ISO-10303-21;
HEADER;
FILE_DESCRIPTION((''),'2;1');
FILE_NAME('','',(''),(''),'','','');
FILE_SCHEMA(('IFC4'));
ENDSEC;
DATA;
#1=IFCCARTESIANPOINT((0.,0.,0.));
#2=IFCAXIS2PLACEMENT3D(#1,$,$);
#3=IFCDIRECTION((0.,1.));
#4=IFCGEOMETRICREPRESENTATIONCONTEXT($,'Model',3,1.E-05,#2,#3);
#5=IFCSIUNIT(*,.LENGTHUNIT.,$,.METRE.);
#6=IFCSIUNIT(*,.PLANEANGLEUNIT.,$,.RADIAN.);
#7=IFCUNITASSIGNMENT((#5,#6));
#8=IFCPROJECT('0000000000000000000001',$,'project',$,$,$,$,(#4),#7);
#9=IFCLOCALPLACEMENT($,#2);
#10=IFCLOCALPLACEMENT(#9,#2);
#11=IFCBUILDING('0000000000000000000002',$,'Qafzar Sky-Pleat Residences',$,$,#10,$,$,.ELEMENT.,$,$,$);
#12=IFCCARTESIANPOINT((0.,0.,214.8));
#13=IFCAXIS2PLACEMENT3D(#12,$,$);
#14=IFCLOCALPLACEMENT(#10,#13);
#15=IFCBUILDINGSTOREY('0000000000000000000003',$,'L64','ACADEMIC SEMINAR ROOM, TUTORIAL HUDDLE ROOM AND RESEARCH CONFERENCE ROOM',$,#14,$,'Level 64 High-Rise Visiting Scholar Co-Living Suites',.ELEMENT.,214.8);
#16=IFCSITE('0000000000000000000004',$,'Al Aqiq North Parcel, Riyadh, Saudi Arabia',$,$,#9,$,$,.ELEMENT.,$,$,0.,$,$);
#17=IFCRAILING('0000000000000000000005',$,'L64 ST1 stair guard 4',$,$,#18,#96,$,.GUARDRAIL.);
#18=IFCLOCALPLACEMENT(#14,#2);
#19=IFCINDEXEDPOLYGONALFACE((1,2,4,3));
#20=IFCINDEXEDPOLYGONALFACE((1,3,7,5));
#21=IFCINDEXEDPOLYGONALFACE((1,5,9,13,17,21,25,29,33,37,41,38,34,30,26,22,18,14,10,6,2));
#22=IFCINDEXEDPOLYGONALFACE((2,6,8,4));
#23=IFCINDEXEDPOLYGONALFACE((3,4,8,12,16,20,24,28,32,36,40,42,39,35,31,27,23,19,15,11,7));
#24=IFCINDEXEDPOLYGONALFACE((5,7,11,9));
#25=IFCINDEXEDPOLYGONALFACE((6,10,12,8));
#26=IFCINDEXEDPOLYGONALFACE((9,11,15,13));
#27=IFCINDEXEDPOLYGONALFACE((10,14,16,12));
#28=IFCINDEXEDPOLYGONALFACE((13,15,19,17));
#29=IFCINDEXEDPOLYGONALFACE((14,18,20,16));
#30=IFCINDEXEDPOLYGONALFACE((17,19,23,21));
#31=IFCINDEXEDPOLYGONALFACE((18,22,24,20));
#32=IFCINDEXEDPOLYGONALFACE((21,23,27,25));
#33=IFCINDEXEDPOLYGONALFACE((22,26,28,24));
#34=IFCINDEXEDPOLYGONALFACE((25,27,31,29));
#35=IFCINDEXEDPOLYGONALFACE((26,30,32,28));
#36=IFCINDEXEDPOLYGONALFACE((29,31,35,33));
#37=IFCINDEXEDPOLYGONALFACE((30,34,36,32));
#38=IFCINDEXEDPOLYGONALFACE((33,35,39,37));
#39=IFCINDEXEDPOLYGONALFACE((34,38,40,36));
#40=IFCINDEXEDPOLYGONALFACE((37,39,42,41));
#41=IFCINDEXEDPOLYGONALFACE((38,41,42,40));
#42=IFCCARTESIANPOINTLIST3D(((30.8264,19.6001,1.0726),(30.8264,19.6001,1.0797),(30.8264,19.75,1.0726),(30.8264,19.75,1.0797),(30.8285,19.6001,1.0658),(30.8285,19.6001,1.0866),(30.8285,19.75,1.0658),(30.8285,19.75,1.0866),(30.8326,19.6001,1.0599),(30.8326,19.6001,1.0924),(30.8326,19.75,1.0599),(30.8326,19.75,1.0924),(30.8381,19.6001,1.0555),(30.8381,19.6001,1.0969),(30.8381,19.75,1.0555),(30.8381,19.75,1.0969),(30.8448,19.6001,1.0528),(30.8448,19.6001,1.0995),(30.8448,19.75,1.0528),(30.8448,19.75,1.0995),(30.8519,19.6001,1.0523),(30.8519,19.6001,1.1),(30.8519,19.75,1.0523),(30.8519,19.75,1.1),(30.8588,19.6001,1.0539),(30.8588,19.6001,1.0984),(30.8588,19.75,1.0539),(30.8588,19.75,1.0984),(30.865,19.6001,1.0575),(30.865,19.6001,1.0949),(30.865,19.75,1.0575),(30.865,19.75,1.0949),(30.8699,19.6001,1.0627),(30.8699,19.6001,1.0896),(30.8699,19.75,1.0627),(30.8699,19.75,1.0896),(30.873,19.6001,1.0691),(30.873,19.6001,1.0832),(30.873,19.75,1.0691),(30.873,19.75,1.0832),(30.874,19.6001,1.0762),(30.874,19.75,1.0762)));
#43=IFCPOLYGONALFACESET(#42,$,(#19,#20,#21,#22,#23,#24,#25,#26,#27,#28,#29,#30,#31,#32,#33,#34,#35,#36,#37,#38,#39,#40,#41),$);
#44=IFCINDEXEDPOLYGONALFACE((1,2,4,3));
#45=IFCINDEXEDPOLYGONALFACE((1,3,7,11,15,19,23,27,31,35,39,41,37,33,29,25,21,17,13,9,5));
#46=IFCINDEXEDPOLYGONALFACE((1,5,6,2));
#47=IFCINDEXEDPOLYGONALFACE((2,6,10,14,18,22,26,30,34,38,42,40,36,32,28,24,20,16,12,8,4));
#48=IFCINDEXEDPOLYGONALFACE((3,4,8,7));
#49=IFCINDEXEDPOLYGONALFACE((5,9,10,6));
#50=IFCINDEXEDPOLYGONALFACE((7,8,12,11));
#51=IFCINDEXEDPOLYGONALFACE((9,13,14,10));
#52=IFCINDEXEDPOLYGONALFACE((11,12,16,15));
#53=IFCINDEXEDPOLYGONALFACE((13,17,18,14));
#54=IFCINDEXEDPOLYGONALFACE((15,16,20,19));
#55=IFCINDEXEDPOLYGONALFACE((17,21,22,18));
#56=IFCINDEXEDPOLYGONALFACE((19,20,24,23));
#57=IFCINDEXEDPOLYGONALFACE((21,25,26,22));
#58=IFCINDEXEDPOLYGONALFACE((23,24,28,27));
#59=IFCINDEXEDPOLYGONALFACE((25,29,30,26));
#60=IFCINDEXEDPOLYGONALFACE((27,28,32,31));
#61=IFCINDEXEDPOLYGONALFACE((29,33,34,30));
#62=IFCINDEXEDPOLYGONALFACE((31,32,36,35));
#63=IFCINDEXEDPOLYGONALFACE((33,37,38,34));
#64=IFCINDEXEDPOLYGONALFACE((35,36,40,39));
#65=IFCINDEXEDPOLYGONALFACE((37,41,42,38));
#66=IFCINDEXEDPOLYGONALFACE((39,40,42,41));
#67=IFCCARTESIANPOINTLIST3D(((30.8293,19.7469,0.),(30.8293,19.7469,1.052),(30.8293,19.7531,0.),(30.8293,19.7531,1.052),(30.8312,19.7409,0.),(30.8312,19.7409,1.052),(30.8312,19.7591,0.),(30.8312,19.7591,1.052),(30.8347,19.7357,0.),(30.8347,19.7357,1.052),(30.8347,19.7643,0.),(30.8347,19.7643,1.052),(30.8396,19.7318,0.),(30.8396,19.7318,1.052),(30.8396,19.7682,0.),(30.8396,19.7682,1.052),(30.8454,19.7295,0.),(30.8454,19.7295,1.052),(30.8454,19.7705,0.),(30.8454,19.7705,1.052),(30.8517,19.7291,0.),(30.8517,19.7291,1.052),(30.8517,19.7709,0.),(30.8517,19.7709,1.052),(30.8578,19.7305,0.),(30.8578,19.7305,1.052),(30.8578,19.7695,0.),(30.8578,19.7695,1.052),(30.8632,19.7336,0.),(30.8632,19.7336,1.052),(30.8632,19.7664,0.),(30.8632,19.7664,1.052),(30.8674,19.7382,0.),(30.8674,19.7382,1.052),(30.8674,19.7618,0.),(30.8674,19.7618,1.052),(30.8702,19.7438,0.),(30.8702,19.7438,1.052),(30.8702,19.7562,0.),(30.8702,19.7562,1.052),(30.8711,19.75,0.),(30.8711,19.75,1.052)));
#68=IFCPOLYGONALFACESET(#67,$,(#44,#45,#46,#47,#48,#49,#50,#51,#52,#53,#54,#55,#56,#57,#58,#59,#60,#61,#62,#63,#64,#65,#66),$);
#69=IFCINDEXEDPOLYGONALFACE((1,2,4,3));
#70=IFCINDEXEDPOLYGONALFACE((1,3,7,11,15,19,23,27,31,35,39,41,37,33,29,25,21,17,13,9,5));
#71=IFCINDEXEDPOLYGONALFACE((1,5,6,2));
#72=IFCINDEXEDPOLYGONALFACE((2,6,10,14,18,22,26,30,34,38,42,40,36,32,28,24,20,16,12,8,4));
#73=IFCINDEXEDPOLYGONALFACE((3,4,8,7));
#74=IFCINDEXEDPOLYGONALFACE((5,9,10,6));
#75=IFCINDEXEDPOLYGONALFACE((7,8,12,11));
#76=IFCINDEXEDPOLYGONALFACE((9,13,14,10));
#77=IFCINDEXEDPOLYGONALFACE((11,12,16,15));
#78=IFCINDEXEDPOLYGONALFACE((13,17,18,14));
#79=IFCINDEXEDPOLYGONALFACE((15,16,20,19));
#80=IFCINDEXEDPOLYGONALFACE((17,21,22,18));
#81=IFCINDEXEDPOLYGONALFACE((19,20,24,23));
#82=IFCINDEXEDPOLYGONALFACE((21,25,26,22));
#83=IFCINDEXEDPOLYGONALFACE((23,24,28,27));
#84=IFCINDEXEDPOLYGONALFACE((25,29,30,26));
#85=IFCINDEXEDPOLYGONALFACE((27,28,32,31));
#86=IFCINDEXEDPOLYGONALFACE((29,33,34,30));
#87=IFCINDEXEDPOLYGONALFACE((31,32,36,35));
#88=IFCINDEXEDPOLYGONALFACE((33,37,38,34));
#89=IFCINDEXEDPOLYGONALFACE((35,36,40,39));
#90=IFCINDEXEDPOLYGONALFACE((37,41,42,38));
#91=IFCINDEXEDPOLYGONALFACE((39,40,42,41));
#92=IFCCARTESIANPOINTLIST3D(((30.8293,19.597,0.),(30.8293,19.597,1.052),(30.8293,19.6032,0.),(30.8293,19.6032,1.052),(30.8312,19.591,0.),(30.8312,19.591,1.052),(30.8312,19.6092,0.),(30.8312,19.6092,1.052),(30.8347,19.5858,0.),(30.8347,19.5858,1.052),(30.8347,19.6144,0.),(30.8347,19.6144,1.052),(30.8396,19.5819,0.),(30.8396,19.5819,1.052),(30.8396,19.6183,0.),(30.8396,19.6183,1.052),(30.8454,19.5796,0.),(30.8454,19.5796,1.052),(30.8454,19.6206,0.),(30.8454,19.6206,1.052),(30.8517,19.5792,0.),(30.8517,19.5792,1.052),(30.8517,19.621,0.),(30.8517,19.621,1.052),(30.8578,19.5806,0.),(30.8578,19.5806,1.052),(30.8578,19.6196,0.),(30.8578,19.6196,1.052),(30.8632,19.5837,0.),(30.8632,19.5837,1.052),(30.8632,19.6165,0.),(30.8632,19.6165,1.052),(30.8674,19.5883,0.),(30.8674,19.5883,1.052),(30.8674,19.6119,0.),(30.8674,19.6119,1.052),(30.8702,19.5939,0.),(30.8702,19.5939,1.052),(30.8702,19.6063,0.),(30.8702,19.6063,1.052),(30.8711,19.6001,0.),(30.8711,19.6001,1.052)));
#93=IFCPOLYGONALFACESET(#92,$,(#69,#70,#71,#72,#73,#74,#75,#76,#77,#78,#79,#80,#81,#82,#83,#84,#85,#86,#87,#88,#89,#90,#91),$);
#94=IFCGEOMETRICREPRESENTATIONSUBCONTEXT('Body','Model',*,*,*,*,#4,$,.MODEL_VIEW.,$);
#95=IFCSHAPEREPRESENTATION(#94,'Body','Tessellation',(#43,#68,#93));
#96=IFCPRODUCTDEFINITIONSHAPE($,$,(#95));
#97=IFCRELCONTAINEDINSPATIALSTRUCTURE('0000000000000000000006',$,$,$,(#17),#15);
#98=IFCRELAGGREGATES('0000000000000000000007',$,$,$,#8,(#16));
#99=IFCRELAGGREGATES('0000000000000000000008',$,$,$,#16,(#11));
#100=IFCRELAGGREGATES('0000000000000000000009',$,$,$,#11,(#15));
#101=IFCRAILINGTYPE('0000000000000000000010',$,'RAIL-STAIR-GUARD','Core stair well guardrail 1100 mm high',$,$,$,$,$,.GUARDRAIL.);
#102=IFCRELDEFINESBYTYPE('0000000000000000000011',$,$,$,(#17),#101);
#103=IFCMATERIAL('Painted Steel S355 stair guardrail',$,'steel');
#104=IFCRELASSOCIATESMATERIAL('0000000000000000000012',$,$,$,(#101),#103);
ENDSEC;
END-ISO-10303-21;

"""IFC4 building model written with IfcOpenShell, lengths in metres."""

from ifc_helpers import new_model, si_unit, direction, frame, origin, origin_2d, place, context, subcontext, project, spatial, circle, extrude, source, transform, mapped, material, type_object, element, save


model = new_model("IFC4")

# Units and contexts
model_context = context("Model", 3, precision=1e-05, world=origin(), true_north=direction((0.0, 1.0)))
body_context = subcontext(model_context, "Body", "Model", "MODEL_VIEW")
ifc_project = project(units=[si_unit("LENGTHUNIT", "METRE"), si_unit("PLANEANGLEUNIT", "RADIAN")], contexts=[model_context])

# Site, building, storey
site_placement = place(None, origin())
site = spatial("IfcSite", under=ifc_project, at=site_placement, Name="Al Aqiq North Parcel, Riyadh, Saudi Arabia", CompositionType="ELEMENT", RefElevation=0.0)
building_placement = place(site_placement, origin())
building = spatial("IfcBuilding", under=site, at=building_placement, Name="Qafzar Sky-Pleat Residences", CompositionType="ELEMENT")
storey_placement = place(building_placement, frame((0.0, 0.0, 214.8)))
storey = spatial("IfcBuildingStorey", under=building, at=storey_placement, Name="L64", Description="ACADEMIC SEMINAR ROOM, TUTORIAL HUDDLE ROOM AND RESEARCH CONFERENCE ROOM", LongName="Level 64 High-Rise Visiting Scholar Co-Living Suites", CompositionType="ELEMENT", Elevation=214.8)

# Railing
ifc_material_1 = material(Name="Painted Steel S355 stair guardrail", Category="steel")
railing_type_1 = type_object("IfcRailingType", Name="RAIL-STAIR-GUARD", Description="Core stair well guardrail 1100 mm high", PredefinedType="GUARDRAIL", material=ifc_material_1)
shared_shape_1 = source(origin(), body_context, "Body", "SweptSolid", [
    extrude(circle(Radius=0.0239, at=origin_2d()), frame((0.0, 0.0, 1.0762), z_axis=(0.0, -1.0, 0.0), x_axis=(1.0, 0.0, 0.0)), (0.0, 0.0, 1.0), 0.1499),
    extrude(circle(Radius=0.021, at=origin_2d()), origin(), (0.0, 0.0, 1.0), 1.052),
    extrude(circle(Radius=0.021, at=origin_2d()), frame((0.0, -0.1499, 0.0)), (0.0, 0.0, 1.0), 1.052),
])
for number, where, name in (
    (1, (30.8501, 19.75, 0.0), "L64 ST1 stair guard 4"),
):
    element("IfcRailing", number, at=place(storey_placement, frame(where)), inside=storey, type_object=railing_type_1, Name=name, PredefinedType="GUARDRAIL", context=body_context, shape_type="MappedRepresentation", body=[
        mapped(shared_shape_1, transform((0.0, 0.0, 0.0), x_axis=(1.0, 0.0, 0.0), y_axis=(0.0, 1.0, 0.0), z_axis=(0.0, 0.0, 1.0), scale=1.0)),
    ])

save(model, "model.ifc")
